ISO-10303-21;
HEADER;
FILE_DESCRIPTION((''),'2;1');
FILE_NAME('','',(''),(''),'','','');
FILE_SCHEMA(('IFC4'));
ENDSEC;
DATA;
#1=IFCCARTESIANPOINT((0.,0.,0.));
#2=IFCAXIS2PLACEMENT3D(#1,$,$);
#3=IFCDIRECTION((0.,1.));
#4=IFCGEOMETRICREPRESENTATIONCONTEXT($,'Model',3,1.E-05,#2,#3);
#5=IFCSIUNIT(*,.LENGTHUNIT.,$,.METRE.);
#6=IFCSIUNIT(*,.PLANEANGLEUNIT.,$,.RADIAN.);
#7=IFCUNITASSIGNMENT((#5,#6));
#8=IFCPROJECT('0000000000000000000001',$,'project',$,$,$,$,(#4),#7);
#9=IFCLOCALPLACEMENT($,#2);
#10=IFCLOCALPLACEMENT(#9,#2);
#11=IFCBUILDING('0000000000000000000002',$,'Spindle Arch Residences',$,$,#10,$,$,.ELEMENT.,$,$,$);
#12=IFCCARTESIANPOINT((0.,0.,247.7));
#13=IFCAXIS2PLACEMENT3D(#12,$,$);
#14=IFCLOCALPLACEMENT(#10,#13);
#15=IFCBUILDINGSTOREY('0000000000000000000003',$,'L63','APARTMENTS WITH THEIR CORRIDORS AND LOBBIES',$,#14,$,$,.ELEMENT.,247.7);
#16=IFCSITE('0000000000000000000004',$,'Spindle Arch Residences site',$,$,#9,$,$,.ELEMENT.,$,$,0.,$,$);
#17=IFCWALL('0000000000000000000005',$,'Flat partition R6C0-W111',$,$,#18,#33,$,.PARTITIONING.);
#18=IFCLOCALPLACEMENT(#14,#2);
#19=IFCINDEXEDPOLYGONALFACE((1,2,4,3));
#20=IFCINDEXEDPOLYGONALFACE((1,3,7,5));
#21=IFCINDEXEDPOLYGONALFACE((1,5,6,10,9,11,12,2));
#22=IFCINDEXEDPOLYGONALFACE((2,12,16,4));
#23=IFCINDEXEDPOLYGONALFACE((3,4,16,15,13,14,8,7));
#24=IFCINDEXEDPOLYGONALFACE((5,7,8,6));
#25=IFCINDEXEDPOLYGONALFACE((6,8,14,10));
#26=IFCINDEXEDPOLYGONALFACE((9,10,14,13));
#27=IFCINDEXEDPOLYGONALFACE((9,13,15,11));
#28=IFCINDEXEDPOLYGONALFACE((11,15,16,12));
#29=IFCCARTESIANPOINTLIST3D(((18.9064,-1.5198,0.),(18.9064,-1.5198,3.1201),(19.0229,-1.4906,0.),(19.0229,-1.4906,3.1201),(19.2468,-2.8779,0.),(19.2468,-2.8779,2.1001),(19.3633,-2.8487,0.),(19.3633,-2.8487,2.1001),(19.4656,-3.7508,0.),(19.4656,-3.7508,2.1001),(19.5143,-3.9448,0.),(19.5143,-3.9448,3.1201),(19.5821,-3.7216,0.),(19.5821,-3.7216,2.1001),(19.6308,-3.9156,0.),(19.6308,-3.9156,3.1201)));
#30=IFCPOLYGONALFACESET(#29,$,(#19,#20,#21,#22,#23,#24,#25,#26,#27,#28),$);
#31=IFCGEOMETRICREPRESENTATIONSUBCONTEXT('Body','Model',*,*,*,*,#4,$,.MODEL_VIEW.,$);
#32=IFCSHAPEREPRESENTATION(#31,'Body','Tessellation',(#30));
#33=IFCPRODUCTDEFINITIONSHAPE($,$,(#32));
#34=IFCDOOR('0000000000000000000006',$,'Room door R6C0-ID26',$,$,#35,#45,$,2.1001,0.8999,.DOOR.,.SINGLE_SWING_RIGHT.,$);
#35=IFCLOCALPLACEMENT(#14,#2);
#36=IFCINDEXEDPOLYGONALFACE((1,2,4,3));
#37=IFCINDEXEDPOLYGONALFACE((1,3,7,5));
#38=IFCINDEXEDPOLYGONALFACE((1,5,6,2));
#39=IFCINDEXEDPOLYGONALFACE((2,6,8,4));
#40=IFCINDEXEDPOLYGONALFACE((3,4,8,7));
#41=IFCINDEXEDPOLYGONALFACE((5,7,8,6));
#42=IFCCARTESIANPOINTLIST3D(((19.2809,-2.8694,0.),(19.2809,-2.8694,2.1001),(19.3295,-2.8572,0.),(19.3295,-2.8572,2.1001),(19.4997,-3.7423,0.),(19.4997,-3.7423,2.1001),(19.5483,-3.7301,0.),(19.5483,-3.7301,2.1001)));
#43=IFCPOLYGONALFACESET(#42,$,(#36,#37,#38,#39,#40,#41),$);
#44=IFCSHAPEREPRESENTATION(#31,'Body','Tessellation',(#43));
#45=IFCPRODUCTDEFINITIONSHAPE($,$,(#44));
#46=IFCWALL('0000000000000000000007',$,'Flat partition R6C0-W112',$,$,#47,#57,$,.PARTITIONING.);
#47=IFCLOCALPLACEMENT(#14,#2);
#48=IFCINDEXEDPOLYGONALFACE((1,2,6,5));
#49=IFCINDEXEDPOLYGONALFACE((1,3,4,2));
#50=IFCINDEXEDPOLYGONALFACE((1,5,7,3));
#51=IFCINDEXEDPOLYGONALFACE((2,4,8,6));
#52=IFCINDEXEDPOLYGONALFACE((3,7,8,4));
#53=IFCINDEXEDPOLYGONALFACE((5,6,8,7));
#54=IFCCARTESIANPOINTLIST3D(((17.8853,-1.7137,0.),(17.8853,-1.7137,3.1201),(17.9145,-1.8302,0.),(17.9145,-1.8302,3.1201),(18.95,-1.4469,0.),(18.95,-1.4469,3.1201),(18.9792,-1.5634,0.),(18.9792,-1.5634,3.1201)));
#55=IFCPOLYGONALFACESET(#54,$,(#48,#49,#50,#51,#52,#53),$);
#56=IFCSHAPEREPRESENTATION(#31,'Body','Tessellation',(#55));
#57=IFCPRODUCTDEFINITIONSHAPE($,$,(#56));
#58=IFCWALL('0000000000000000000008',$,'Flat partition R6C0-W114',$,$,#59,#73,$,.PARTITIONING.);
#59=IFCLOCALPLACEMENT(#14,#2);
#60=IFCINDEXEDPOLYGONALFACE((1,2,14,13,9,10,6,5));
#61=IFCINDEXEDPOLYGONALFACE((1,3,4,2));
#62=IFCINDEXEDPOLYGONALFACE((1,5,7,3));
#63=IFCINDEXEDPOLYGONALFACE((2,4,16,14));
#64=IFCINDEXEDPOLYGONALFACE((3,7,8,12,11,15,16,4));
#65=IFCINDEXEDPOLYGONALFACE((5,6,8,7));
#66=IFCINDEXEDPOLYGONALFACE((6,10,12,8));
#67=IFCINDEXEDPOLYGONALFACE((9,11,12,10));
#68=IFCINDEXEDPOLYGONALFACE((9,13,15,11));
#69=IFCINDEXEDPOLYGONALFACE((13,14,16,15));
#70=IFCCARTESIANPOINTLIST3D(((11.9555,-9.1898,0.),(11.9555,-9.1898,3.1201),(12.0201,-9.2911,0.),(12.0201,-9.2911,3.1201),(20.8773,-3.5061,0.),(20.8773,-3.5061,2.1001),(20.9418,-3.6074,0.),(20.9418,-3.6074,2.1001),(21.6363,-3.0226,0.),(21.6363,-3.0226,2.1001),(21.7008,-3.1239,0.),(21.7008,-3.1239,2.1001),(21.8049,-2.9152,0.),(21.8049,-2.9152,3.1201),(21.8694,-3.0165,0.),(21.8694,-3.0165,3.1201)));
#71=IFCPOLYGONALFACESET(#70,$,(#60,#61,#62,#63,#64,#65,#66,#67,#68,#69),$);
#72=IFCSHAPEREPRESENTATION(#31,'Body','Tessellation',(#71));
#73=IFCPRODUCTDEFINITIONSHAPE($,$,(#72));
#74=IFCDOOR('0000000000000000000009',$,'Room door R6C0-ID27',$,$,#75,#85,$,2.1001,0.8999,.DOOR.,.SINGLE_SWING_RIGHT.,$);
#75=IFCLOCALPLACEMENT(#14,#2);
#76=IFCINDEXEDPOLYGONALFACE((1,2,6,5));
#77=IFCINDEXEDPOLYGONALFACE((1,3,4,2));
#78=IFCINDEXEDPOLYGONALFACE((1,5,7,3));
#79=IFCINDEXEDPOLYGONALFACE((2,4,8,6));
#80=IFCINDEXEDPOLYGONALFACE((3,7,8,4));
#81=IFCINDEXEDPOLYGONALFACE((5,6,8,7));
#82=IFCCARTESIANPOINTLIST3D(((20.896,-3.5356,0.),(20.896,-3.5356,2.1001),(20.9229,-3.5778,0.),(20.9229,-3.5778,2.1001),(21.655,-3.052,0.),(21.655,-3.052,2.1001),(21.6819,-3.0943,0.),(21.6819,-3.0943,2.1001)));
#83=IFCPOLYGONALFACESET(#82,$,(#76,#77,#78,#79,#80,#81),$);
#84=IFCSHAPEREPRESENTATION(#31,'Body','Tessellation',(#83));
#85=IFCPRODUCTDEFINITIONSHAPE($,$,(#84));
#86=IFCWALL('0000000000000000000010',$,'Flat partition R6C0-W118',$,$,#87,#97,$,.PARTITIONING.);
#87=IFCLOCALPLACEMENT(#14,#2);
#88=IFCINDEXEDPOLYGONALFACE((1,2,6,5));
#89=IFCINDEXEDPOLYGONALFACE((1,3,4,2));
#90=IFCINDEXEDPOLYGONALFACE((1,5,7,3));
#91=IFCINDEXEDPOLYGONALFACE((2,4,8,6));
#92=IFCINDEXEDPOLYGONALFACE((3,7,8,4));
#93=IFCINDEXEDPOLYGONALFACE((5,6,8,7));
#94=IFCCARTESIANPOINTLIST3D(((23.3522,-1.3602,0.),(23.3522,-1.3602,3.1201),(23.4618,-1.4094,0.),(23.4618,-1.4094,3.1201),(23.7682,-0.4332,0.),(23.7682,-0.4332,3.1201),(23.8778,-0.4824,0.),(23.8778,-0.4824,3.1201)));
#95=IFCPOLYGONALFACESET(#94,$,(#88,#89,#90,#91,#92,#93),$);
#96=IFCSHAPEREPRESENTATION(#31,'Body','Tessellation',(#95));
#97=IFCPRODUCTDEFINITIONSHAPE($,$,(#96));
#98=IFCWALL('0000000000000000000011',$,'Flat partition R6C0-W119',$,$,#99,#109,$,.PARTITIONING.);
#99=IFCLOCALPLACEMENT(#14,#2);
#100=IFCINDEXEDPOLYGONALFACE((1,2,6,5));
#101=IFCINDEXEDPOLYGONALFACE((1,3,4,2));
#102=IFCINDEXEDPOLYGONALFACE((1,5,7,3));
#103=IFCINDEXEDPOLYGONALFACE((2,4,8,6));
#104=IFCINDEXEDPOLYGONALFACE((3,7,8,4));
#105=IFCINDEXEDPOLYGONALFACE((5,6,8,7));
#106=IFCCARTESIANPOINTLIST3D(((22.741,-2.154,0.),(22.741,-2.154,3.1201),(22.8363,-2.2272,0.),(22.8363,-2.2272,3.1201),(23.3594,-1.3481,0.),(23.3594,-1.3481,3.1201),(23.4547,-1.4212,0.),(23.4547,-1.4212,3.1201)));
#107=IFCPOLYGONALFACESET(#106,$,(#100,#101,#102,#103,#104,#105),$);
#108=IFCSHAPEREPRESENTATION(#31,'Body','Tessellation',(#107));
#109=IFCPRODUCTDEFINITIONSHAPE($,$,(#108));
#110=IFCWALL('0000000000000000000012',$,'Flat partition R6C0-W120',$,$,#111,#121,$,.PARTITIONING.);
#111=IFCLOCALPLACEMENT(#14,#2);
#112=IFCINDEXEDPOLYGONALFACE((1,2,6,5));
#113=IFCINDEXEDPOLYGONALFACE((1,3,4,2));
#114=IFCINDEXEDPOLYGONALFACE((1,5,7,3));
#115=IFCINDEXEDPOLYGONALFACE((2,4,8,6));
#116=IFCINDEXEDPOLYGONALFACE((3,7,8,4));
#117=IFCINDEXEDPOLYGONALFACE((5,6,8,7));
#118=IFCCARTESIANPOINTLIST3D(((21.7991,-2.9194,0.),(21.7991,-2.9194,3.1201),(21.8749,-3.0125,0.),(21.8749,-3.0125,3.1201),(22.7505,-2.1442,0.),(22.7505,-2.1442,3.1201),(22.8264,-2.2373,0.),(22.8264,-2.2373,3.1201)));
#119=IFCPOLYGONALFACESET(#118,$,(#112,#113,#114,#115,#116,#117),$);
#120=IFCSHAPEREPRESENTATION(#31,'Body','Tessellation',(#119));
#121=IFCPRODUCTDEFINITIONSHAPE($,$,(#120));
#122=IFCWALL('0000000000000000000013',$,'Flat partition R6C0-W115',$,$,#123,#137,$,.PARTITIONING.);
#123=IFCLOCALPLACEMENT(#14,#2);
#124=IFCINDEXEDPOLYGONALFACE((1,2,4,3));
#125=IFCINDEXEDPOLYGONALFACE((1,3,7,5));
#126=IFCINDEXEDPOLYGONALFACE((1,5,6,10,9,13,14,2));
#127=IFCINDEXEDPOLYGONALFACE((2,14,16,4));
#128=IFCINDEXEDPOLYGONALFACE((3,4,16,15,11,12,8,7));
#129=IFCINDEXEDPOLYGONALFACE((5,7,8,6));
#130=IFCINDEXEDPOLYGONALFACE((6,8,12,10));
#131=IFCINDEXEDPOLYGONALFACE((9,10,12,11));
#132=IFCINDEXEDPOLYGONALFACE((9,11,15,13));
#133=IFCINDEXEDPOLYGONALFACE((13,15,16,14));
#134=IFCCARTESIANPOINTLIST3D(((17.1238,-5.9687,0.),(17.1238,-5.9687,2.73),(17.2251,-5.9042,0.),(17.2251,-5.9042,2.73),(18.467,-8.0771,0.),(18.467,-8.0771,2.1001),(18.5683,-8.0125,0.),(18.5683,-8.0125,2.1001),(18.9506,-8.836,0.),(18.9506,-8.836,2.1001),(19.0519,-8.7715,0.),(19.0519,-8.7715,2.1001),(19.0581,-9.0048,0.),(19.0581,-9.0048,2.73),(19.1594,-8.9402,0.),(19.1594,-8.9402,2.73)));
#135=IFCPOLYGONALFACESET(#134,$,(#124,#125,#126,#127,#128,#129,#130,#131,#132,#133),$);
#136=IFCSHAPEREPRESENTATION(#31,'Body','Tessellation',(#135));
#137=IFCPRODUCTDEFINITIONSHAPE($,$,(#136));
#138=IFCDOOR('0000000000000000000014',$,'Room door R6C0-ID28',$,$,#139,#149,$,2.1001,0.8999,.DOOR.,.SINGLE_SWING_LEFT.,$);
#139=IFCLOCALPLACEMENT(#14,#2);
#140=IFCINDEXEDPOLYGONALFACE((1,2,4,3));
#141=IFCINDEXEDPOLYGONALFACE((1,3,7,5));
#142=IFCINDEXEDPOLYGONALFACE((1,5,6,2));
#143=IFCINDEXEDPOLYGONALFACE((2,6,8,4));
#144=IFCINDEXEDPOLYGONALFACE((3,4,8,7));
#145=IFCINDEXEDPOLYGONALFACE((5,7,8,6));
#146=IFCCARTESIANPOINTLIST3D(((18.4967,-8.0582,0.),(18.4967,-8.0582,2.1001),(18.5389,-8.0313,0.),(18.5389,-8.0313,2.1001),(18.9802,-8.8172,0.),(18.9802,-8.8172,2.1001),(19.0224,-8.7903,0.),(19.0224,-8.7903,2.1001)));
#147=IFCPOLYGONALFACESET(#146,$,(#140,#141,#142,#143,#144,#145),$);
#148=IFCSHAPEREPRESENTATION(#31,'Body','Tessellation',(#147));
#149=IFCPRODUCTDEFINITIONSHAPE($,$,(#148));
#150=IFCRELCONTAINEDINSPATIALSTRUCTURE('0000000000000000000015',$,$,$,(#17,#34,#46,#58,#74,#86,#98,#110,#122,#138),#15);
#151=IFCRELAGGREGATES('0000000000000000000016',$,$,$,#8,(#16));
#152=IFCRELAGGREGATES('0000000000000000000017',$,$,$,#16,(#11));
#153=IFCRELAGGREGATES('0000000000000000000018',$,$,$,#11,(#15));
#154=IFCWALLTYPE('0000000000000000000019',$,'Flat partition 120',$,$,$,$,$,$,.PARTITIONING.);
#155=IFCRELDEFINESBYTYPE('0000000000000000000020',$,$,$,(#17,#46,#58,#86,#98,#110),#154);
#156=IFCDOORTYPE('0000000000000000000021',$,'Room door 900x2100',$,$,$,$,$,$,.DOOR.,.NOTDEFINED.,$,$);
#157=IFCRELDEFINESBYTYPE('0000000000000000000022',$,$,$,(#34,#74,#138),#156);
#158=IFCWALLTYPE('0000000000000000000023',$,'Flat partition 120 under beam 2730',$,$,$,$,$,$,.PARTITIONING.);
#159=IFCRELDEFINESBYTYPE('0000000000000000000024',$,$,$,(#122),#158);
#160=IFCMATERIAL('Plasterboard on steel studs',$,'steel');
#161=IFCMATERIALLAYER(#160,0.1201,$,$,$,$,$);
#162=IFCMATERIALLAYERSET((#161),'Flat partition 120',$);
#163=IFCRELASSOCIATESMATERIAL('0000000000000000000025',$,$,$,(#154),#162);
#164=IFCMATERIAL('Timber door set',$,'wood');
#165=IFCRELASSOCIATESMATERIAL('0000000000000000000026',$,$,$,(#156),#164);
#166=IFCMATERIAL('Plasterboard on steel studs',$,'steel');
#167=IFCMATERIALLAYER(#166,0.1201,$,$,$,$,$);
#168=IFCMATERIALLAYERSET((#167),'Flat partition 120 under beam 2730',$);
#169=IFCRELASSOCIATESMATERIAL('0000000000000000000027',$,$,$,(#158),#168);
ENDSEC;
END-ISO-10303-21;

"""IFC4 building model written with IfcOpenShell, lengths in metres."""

from ifc_helpers import new_model, si_unit, direction, frame, frame_2d, origin, place, context, subcontext, project, spatial, rectangle, extrude, material, layer, layer_set, type_object, element, fill, save


model = new_model("IFC4")

# Units and contexts
model_context = context("Model", 3, precision=1e-05, world=origin(), true_north=direction((0.0, 1.0)))
body_context = subcontext(model_context, "Body", "Model", "MODEL_VIEW")
ifc_project = project(units=[si_unit("LENGTHUNIT", "METRE"), si_unit("PLANEANGLEUNIT", "RADIAN")], contexts=[model_context])

# Site, building, storey
site_placement = place(None, origin())
site = spatial("IfcSite", under=ifc_project, at=site_placement, Name="Spindle Arch Residences site", CompositionType="ELEMENT", RefElevation=0.0)
building_placement = place(site_placement, origin())
building = spatial("IfcBuilding", under=site, at=building_placement, Name="Spindle Arch Residences", CompositionType="ELEMENT")
storey_placement = place(building_placement, frame((0.0, 0.0, 247.7)))
storey = spatial("IfcBuildingStorey", under=building, at=storey_placement, Name="L63", Description="APARTMENTS WITH THEIR CORRIDORS AND LOBBIES", CompositionType="ELEMENT", Elevation=247.7)

# Wall, opening, door
ifc_material_1 = material(Name="Plasterboard on steel studs", Category="steel")
ifc_layer_1 = layer(ifc_material_1, 0.1201)
ifc_layer_set_1 = layer_set([ifc_layer_1], Name="Flat partition 120")
wall_type_1 = type_object("IfcWallType", Name="Flat partition 120", PredefinedType="PARTITIONING", material=ifc_layer_set_1)
wall_1_placement = place(storey_placement, frame((19.5725, -3.9302, 0.0), z_axis=(0.0, 0.0, 1.0), x_axis=(-0.243156, 0.969987, 0.0)))
wall_1 = element("IfcWall", 1, at=wall_1_placement, inside=storey, type_object=wall_type_1, Name="Flat partition R6C0-W111", PredefinedType="PARTITIONING", context=body_context, shape_type="SweptSolid", body=[
    extrude(rectangle(XDim=2.5, YDim=0.1201, at=frame_2d((1.25, 0.0))), origin(), (0.0, 0.0, 1.0), 3.1201),
])
opening_1_placement = place(wall_1_placement, frame((0.2, 0.0, 0.0)))
opening_1 = element("IfcOpeningElement", 2, at=opening_1_placement, cuts=wall_1, PredefinedType="OPENING", context=body_context, shape_type="SweptSolid", body=[
    extrude(rectangle(XDim=0.8999, YDim=2.1001, at=frame_2d((0.45, 1.05))), frame((0.0, 0.0701, 0.0), z_axis=(0.0, -1.0, 0.0), x_axis=(1.0, 0.0, 0.0)), (0.0, 0.0, 1.0), 0.1401),
])
ifc_material_2 = material(Name="Timber door set", Category="wood")
door_type = type_object("IfcDoorType", Name="Room door 900x2100", OperationType="NOTDEFINED", PredefinedType="DOOR", material=ifc_material_2)
door_1_placement = place(opening_1_placement, origin())
door_1 = element("IfcDoor", 3, at=door_1_placement, inside=storey, type_object=door_type, Name="Room door R6C0-ID26", OperationType="SINGLE_SWING_RIGHT", OverallHeight=2.1001, OverallWidth=0.8999, PredefinedType="DOOR", context=body_context, shape_type="SweptSolid", body=[
    extrude(rectangle(XDim=0.8999, YDim=2.1001, at=frame_2d((0.45, 1.05))), frame((0.0, 0.0249, 0.0), z_axis=(0.0, -1.0, 0.0), x_axis=(1.0, 0.0, 0.0)), (0.0, 0.0, 1.0), 0.05),
])
fill(opening_1, door_1)

# Wall
wall_2_placement = place(storey_placement, frame((18.9646, -1.5051, 0.0), z_axis=(0.0, 0.0, 1.0), x_axis=(-0.969998, -0.243111, 0.0)))
element("IfcWall", 4, at=wall_2_placement, inside=storey, type_object=wall_type_1, Name="Flat partition R6C0-W112", PredefinedType="PARTITIONING", context=body_context, shape_type="SweptSolid", body=[
    extrude(rectangle(XDim=1.0977, YDim=0.1201, at=frame_2d((0.5488, 0.0))), origin(), (0.0, 0.0, 1.0), 3.1201),
])

# Wall, opening, door
wall_3_placement = place(storey_placement, frame((21.8372, -2.9658, 0.0), z_axis=(0.0, 0.0, 1.0), x_axis=(-0.843395, -0.537295, 0.0)))
wall_3 = element("IfcWall", 5, at=wall_3_placement, inside=storey, type_object=wall_type_1, Name="Flat partition R6C0-W114", PredefinedType="PARTITIONING", context=body_context, shape_type="SweptSolid", body=[
    extrude(rectangle(XDim=11.6782, YDim=0.1201, at=frame_2d((5.8391, 0.0))), origin(), (0.0, 0.0, 1.0), 3.1201),
])
opening_2_placement = place(wall_3_placement, frame((0.2, 0.0, 0.0)))
opening_2 = element("IfcOpeningElement", 6, at=opening_2_placement, cuts=wall_3, PredefinedType="OPENING", context=body_context, shape_type="SweptSolid", body=[
    extrude(rectangle(XDim=0.8999, YDim=2.1001, at=frame_2d((0.45, 1.05))), frame((0.0, 0.0701, 0.0), z_axis=(0.0, -1.0, 0.0), x_axis=(1.0, 0.0, 0.0)), (0.0, 0.0, 1.0), 0.1401),
])
door_2_placement = place(opening_2_placement, origin())
door_2 = element("IfcDoor", 7, at=door_2_placement, inside=storey, type_object=door_type, Name="Room door R6C0-ID27", OperationType="SINGLE_SWING_RIGHT", OverallHeight=2.1001, OverallWidth=0.8999, PredefinedType="DOOR", context=body_context, shape_type="SweptSolid", body=[
    extrude(rectangle(XDim=0.8999, YDim=2.1001, at=frame_2d((0.45, 1.05))), frame((0.0, 0.0249, 0.0), z_axis=(0.0, -1.0, 0.0), x_axis=(1.0, 0.0, 0.0)), (0.0, 0.0, 1.0), 0.05),
])
fill(opening_2, door_2)

# Walls
wall_4_placement = place(storey_placement, frame((23.823, -0.4578, 0.0), z_axis=(0.0, 0.0, 1.0), x_axis=(-0.409435, -0.912339, 0.0)))
element("IfcWall", 8, at=wall_4_placement, inside=storey, type_object=wall_type_1, Name="Flat partition R6C0-W118", PredefinedType="PARTITIONING", context=body_context, shape_type="SweptSolid", body=[
    extrude(rectangle(XDim=1.0161, YDim=0.1201, at=frame_2d((0.5081, 0.0))), origin(), (0.0, 0.0, 1.0), 3.1201),
])
wall_5_placement = place(storey_placement, frame((23.407, -1.3848, 0.0), z_axis=(0.0, 0.0, 1.0), x_axis=(-0.60877, -0.793347, 0.0)))
element("IfcWall", 9, at=wall_5_placement, inside=storey, type_object=wall_type_1, Name="Flat partition R6C0-W119", PredefinedType="PARTITIONING", context=body_context, shape_type="SweptSolid", body=[
    extrude(rectangle(XDim=1.0159, YDim=0.1201, at=frame_2d((0.5078, 0.0))), origin(), (0.0, 0.0, 1.0), 3.1201),
])
wall_6_placement = place(storey_placement, frame((22.7886, -2.1907, 0.0), z_axis=(0.0, 0.0, 1.0), x_axis=(-0.775267, -0.631633, 0.0)))
element("IfcWall", 10, at=wall_6_placement, inside=storey, type_object=wall_type_1, Name="Flat partition R6C0-W120", PredefinedType="PARTITIONING", context=body_context, shape_type="SweptSolid", body=[
    extrude(rectangle(XDim=1.2273, YDim=0.1201, at=frame_2d((0.6138, 0.0))), origin(), (0.0, 0.0, 1.0), 3.1201),
])

# Wall, opening, door
ifc_material_3 = material(Name="Plasterboard on steel studs", Category="steel")
ifc_layer_2 = layer(ifc_material_3, 0.1201)
ifc_layer_set_2 = layer_set([ifc_layer_2], Name="Flat partition 120 under beam 2730")
wall_type_2 = type_object("IfcWallType", Name="Flat partition 120 under beam 2730", PredefinedType="PARTITIONING", material=ifc_layer_set_2)
wall_7_placement = place(storey_placement, frame((19.1086, -8.9724, 0.0), z_axis=(0.0, 0.0, 1.0), x_axis=(-0.537319, 0.843379, 0.0)))
wall_7 = element("IfcWall", 11, at=wall_7_placement, inside=storey, type_object=wall_type_2, Name="Flat partition R6C0-W115", PredefinedType="PARTITIONING", context=body_context, shape_type="SweptSolid", body=[
    extrude(rectangle(XDim=3.5999, YDim=0.1201, at=frame_2d((1.7998, 0.0))), origin(), (0.0, 0.0, 1.0), 2.73),
])
opening_3_placement = place(wall_7_placement, frame((0.2, 0.0, 0.0)))
opening_3 = element("IfcOpeningElement", 12, at=opening_3_placement, cuts=wall_7, PredefinedType="OPENING", context=body_context, shape_type="SweptSolid", body=[
    extrude(rectangle(XDim=0.8999, YDim=2.1001, at=frame_2d((0.45, 1.05))), frame((0.0, 0.0701, 0.0), z_axis=(0.0, -1.0, 0.0), x_axis=(1.0, 0.0, 0.0)), (0.0, 0.0, 1.0), 0.1401),
])
door_3_placement = place(opening_3_placement, origin())
door_3 = element("IfcDoor", 13, at=door_3_placement, inside=storey, type_object=door_type, Name="Room door R6C0-ID28", OperationType="SINGLE_SWING_LEFT", OverallHeight=2.1001, OverallWidth=0.8999, PredefinedType="DOOR", context=body_context, shape_type="SweptSolid", body=[
    extrude(rectangle(XDim=0.8999, YDim=2.1001, at=frame_2d((0.45, 1.05))), frame((0.0, 0.0249, 0.0), z_axis=(0.0, -1.0, 0.0), x_axis=(1.0, 0.0, 0.0)), (0.0, 0.0, 1.0), 0.05),
])
fill(opening_3, door_3)

save(model, "model.ifc")
